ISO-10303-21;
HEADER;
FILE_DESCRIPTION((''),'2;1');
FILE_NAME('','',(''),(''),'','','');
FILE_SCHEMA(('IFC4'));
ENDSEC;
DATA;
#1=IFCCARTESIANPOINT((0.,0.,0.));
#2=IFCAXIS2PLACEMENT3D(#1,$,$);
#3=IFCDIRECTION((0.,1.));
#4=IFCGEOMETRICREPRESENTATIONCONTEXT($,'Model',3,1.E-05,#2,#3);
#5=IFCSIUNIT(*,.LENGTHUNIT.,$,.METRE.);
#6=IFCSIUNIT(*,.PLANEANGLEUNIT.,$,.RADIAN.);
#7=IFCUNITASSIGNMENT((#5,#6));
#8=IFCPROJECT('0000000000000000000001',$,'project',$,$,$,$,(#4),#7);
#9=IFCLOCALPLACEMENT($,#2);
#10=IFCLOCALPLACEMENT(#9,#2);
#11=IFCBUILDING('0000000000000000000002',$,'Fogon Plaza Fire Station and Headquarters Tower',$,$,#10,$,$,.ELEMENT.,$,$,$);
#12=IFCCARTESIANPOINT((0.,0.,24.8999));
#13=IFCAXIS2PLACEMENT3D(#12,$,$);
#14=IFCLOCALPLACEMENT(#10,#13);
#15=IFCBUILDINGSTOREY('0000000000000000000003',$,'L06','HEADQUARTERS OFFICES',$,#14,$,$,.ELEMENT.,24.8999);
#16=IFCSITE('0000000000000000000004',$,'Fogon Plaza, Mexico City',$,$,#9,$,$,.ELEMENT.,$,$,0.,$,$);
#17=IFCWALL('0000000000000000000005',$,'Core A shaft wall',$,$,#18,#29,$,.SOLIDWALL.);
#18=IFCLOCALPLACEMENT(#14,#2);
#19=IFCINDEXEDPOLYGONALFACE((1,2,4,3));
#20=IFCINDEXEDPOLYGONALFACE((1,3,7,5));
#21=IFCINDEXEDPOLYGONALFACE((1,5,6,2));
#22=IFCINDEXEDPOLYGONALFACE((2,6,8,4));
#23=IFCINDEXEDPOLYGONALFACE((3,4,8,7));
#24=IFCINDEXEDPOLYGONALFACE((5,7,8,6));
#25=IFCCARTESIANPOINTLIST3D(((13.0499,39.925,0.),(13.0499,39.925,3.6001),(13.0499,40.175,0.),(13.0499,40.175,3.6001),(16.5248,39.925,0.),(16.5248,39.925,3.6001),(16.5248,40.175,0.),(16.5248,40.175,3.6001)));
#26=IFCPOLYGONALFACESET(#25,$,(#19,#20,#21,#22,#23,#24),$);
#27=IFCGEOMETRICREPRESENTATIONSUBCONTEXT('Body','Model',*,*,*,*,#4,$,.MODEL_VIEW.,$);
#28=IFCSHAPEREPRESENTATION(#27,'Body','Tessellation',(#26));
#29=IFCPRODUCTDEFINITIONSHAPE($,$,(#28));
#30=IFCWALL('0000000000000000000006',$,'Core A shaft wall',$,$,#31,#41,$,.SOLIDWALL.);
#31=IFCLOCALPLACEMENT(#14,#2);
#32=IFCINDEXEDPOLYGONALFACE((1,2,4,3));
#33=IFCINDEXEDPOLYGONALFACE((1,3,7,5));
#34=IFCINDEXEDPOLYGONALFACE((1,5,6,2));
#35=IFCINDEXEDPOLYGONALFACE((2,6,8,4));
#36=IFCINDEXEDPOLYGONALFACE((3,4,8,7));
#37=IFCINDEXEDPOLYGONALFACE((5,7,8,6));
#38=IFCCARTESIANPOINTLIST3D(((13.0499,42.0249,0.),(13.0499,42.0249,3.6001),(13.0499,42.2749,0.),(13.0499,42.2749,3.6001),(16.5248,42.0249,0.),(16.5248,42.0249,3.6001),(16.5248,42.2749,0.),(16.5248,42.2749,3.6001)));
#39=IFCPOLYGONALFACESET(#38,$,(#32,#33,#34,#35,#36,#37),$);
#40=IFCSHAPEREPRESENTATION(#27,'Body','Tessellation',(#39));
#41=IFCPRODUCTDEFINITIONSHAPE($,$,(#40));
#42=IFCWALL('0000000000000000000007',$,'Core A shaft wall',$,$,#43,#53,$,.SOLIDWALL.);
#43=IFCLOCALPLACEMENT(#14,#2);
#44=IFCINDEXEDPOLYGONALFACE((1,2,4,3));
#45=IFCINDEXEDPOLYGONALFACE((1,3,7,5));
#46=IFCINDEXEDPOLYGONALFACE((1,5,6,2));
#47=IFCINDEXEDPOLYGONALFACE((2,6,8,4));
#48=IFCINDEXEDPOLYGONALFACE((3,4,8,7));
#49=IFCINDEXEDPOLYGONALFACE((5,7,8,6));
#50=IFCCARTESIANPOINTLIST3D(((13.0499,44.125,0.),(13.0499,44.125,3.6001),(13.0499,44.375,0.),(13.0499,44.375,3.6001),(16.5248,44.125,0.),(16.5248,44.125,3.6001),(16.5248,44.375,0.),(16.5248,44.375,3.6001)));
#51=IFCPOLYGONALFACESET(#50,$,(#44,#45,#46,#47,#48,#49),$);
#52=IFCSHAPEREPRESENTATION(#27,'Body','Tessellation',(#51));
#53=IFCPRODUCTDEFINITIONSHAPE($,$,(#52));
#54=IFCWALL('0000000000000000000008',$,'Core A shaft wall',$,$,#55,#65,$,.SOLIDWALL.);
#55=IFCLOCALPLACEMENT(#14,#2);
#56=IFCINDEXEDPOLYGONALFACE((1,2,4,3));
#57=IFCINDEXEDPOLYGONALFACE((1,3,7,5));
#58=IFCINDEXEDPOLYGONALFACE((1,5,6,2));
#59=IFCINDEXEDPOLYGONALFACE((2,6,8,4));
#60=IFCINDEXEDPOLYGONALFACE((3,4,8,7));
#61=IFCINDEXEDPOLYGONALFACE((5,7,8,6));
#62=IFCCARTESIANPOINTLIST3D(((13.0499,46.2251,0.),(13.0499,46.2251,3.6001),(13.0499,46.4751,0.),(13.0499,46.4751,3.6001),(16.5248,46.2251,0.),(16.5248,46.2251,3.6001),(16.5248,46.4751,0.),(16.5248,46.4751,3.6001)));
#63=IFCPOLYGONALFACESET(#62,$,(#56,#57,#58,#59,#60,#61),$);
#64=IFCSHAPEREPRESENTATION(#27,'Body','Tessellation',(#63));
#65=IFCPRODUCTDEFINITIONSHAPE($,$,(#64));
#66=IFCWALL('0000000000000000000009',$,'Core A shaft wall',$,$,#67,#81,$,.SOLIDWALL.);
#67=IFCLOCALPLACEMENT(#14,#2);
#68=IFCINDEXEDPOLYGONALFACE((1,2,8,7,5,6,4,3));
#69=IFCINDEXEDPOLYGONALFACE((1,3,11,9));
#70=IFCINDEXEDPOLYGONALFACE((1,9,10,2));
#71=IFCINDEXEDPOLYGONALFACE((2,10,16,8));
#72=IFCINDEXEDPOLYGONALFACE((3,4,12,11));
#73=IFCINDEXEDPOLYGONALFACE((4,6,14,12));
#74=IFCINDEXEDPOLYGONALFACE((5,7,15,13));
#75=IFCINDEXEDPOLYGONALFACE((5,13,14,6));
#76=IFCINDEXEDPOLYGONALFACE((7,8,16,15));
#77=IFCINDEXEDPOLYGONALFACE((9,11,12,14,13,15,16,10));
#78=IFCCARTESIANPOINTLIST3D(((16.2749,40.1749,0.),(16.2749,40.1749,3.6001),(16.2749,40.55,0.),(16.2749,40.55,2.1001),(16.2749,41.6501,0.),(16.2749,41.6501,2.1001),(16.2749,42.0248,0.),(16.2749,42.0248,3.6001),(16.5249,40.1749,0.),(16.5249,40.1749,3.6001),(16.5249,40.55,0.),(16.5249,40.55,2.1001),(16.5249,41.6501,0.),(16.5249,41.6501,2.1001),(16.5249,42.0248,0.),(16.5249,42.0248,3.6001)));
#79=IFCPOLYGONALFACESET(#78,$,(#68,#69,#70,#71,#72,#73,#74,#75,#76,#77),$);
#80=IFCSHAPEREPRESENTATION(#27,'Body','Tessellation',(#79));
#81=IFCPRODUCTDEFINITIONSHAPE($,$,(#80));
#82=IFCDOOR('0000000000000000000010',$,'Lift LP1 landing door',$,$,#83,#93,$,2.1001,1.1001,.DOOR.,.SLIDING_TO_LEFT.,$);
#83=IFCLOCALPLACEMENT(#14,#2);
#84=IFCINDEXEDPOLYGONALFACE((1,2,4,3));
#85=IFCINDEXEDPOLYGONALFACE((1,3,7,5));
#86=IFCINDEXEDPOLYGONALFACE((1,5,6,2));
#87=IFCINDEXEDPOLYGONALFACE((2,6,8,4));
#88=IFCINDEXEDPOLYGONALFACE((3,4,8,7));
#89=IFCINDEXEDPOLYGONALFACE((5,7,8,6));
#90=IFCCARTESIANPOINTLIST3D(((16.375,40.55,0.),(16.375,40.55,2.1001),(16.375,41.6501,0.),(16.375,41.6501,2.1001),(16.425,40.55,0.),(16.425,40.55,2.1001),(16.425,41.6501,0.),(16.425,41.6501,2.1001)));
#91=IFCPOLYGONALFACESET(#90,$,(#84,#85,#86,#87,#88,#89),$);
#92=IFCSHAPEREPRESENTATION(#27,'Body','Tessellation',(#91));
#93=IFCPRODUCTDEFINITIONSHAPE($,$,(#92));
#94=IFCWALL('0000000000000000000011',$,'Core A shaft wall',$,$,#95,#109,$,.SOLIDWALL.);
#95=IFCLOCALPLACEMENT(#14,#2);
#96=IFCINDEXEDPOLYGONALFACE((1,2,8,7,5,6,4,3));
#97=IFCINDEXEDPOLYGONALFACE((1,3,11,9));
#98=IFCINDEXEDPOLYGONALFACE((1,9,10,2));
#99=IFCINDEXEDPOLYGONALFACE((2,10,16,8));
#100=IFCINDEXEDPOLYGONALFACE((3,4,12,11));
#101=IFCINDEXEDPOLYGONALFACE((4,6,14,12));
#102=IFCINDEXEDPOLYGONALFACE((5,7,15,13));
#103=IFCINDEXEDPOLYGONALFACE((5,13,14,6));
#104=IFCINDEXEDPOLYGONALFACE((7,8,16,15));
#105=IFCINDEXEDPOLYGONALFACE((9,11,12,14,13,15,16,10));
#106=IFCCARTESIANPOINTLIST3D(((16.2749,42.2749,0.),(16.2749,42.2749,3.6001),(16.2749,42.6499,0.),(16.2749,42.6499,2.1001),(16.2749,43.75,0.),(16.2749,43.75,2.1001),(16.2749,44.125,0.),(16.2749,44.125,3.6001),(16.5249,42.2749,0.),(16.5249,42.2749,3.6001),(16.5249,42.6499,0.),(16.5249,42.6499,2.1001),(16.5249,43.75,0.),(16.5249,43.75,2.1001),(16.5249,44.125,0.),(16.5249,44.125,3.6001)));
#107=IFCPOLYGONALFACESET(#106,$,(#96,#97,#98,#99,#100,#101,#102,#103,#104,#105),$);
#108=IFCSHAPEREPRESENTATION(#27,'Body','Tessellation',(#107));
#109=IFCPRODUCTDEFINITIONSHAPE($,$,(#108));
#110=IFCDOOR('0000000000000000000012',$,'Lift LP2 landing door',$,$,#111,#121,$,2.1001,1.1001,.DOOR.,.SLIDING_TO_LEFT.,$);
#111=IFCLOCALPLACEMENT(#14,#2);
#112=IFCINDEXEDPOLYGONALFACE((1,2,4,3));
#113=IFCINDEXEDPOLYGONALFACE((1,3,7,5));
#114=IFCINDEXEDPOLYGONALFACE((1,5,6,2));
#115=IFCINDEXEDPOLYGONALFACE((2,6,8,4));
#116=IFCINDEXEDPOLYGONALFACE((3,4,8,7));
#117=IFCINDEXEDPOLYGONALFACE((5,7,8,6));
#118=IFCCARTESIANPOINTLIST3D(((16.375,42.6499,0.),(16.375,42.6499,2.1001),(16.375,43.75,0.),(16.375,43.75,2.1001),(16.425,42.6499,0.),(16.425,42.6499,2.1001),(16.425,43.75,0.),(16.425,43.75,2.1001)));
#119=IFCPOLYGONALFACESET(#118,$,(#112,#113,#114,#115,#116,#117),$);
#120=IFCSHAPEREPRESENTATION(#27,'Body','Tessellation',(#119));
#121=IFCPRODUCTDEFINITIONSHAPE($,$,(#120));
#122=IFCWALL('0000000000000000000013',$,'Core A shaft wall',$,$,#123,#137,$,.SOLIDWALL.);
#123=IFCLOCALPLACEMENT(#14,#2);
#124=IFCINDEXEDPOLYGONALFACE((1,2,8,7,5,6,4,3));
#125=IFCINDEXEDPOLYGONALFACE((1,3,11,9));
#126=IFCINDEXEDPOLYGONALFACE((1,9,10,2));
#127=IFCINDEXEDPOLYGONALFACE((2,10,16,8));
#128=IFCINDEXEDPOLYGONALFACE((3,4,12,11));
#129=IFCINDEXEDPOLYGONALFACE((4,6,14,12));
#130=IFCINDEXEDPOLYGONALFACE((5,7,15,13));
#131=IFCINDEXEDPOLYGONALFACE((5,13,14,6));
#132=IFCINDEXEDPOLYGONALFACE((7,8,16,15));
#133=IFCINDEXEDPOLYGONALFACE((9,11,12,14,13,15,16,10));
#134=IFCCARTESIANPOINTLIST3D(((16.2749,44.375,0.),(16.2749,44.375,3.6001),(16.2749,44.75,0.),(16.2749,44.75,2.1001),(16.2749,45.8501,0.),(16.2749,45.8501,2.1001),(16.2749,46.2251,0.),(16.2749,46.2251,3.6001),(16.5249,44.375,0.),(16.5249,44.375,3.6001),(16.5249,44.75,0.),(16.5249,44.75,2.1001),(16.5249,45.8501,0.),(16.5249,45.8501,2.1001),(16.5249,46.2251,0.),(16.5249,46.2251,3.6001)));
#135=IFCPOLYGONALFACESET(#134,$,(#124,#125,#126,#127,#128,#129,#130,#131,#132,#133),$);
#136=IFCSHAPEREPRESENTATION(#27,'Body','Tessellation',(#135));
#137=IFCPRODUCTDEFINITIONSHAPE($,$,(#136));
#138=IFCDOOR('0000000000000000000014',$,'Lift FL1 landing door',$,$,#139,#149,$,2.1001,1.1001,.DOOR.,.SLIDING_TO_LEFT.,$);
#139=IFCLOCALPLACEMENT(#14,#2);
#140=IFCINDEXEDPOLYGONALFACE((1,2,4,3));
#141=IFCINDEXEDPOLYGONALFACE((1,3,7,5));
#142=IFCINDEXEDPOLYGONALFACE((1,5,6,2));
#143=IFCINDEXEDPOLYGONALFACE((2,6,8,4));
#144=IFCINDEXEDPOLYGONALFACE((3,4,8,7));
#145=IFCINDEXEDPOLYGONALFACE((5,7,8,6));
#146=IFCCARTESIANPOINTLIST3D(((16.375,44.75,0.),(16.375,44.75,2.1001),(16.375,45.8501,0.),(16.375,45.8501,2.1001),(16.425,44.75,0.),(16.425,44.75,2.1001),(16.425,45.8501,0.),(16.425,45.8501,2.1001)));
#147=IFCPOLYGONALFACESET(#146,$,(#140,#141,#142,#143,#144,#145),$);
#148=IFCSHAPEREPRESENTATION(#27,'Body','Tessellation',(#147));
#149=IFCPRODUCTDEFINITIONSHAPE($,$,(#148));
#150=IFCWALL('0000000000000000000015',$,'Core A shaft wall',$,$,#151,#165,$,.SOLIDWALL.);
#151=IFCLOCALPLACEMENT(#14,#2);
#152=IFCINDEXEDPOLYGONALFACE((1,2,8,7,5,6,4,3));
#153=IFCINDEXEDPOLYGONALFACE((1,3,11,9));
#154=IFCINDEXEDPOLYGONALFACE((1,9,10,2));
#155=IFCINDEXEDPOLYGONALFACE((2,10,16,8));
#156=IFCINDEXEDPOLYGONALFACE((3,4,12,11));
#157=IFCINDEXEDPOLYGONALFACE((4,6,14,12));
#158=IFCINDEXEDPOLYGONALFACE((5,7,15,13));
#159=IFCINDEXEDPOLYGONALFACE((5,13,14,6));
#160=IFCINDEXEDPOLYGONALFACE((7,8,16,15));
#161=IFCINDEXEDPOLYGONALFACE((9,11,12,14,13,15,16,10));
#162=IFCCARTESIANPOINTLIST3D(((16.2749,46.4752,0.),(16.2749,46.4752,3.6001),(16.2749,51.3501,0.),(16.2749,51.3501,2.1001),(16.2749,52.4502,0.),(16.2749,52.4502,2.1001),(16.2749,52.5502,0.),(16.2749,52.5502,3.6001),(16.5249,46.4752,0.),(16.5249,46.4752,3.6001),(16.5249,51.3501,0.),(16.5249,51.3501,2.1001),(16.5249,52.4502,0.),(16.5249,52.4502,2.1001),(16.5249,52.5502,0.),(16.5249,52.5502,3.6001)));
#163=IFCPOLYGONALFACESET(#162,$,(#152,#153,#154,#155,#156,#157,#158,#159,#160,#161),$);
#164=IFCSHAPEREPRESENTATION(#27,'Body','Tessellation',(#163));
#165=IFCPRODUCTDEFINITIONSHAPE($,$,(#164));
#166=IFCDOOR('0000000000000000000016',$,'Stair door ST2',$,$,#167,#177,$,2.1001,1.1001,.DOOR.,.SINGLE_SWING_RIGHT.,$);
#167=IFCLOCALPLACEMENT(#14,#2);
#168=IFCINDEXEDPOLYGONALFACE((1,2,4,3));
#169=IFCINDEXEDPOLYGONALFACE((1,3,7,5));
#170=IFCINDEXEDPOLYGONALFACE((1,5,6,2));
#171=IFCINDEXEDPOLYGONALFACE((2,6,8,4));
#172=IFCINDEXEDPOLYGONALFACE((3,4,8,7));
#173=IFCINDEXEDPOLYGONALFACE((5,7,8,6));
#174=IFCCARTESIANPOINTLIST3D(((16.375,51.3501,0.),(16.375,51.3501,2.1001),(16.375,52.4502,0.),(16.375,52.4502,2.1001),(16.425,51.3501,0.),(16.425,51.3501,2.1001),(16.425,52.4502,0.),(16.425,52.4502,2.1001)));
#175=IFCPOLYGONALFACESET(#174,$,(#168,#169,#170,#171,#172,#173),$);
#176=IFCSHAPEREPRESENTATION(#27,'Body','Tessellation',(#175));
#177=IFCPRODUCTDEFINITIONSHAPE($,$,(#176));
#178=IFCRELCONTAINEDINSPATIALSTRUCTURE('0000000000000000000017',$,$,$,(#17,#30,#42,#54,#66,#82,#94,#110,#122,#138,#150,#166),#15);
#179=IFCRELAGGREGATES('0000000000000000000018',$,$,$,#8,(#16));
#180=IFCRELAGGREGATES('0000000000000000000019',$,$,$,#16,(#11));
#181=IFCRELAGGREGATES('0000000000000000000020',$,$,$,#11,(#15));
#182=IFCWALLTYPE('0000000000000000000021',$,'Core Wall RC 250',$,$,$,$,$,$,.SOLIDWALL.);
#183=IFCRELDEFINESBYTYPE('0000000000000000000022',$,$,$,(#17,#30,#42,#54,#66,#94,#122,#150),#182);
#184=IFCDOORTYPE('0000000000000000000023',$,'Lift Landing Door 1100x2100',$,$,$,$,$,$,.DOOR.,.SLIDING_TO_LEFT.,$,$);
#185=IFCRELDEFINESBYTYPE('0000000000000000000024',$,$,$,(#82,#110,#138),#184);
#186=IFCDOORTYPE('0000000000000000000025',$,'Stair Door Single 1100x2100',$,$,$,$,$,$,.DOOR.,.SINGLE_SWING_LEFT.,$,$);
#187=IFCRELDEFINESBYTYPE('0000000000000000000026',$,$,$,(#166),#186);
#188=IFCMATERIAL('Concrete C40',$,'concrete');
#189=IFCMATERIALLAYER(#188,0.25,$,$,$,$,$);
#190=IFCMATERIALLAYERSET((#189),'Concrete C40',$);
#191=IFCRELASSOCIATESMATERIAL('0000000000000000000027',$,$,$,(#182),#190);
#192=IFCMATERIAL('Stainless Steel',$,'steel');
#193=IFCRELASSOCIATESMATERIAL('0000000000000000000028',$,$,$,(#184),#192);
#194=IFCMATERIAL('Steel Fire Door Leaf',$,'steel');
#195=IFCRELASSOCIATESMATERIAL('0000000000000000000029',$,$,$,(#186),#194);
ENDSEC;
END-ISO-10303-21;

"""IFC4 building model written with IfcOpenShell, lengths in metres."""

from ifc_helpers import new_model, si_unit, direction, frame, frame_2d, origin, place, context, subcontext, project, spatial, rectangle, extrude, material, layer, layer_set, type_object, element, fill, save


model = new_model("IFC4")

# Units and contexts
model_context = context("Model", 3, precision=1e-05, world=origin(), true_north=direction((0.0, 1.0)))
body_context = subcontext(model_context, "Body", "Model", "MODEL_VIEW")
ifc_project = project(units=[si_unit("LENGTHUNIT", "METRE"), si_unit("PLANEANGLEUNIT", "RADIAN")], contexts=[model_context])

# Site, building, storey
site_placement = place(None, origin())
site = spatial("IfcSite", under=ifc_project, at=site_placement, Name="Fogon Plaza, Mexico City", CompositionType="ELEMENT", RefElevation=0.0)
building_placement = place(site_placement, origin())
building = spatial("IfcBuilding", under=site, at=building_placement, Name="Fogon Plaza Fire Station and Headquarters Tower", CompositionType="ELEMENT")
storey_placement = place(building_placement, frame((0.0, 0.0, 24.8999)))
storey = spatial("IfcBuildingStorey", under=building, at=storey_placement, Name="L06", Description="HEADQUARTERS OFFICES", CompositionType="ELEMENT", Elevation=24.8999)

# Walls
ifc_material_1 = material(Name="Concrete C40", Category="concrete")
ifc_layer = layer(ifc_material_1, 0.25)
ifc_layer_set = layer_set([ifc_layer], Name="Concrete C40")
wall_type = type_object("IfcWallType", Name="Core Wall RC 250", PredefinedType="SOLIDWALL", material=ifc_layer_set)
for number, where, z_axis, x_axis, name in (
    (1, (13.05, 40.05, 0.0), (0.0, 0.0, 1.0), (1.0, 0.0, 0.0), "Core A shaft wall"),
    (2, (13.05, 42.1499, 0.0), (0.0, 0.0, 1.0), (1.0, 0.0, 0.0), "Core A shaft wall"),
    (3, (13.05, 44.25, 0.0), (0.0, 0.0, 1.0), (1.0, 0.0, 0.0), "Core A shaft wall"),
    (4, (13.05, 46.3501, 0.0), (0.0, 0.0, 1.0), (1.0, 0.0, 0.0), "Core A shaft wall"),
):
    element("IfcWall", number, at=place(storey_placement, frame(where, z_axis=z_axis, x_axis=x_axis)), inside=storey, type_object=wall_type, Name=name, PredefinedType="SOLIDWALL", context=body_context, shape_type="SweptSolid", body=[
        extrude(rectangle(XDim=3.4749, YDim=0.25, at=frame_2d((1.7373, 0.0))), origin(), (0.0, 0.0, 1.0), 3.6001),
    ])

# Walls, openings, doors
wall_1_placement = place(storey_placement, frame((16.3999, 40.175, 0.0), z_axis=(0.0, 0.0, 1.0), x_axis=(0.0, 1.0, 0.0)))
wall_1 = element("IfcWall", 5, at=wall_1_placement, inside=storey, type_object=wall_type, Name="Core A shaft wall", PredefinedType="SOLIDWALL", context=body_context, shape_type="SweptSolid", body=[
    extrude(rectangle(XDim=1.8499, YDim=0.25, at=frame_2d((0.9248, 0.0))), origin(), (0.0, 0.0, 1.0), 3.6001),
])
opening_1_placement = place(wall_1_placement, frame((0.375, 0.0, 0.0)))
opening_1 = element("IfcOpeningElement", 6, at=opening_1_placement, cuts=wall_1, PredefinedType="OPENING", context=body_context, shape_type="SweptSolid", body=[
    extrude(rectangle(XDim=1.1001, YDim=2.1001, at=frame_2d((0.55, 1.05))), frame((0.0, 0.135, 0.0), z_axis=(0.0, -1.0, 0.0), x_axis=(1.0, 0.0, 0.0)), (0.0, 0.0, 1.0), 0.27),
])
ifc_material_2 = material(Name="Stainless Steel", Category="steel")
door_type_1 = type_object("IfcDoorType", Name="Lift Landing Door 1100x2100", OperationType="SLIDING_TO_LEFT", PredefinedType="DOOR", material=ifc_material_2)
door_1_placement = place(opening_1_placement, origin())
door_1 = element("IfcDoor", 7, at=door_1_placement, inside=storey, type_object=door_type_1, Name="Lift LP1 landing door", OperationType="SLIDING_TO_LEFT", OverallHeight=2.1001, OverallWidth=1.1001, PredefinedType="DOOR", context=body_context, shape_type="SweptSolid", body=[
    extrude(rectangle(XDim=1.1001, YDim=2.1001, at=frame_2d((0.55, 1.05))), frame((0.0, 0.0249, 0.0), z_axis=(0.0, -1.0, 0.0), x_axis=(1.0, 0.0, 0.0)), (0.0, 0.0, 1.0), 0.05),
])
fill(opening_1, door_1)
wall_2_placement = place(storey_placement, frame((16.3999, 42.2749, 0.0), z_axis=(0.0, 0.0, 1.0), x_axis=(0.0, 1.0, 0.0)))
wall_2 = element("IfcWall", 8, at=wall_2_placement, inside=storey, type_object=wall_type, Name="Core A shaft wall", PredefinedType="SOLIDWALL", context=body_context, shape_type="SweptSolid", body=[
    extrude(rectangle(XDim=1.8501, YDim=0.25, at=frame_2d((0.925, 0.0))), origin(), (0.0, 0.0, 1.0), 3.6001),
])
opening_2_placement = place(wall_2_placement, frame((0.375, 0.0, 0.0)))
opening_2 = element("IfcOpeningElement", 9, at=opening_2_placement, cuts=wall_2, PredefinedType="OPENING", context=body_context, shape_type="SweptSolid", body=[
    extrude(rectangle(XDim=1.1001, YDim=2.1001, at=frame_2d((0.55, 1.05))), frame((0.0, 0.135, 0.0), z_axis=(0.0, -1.0, 0.0), x_axis=(1.0, 0.0, 0.0)), (0.0, 0.0, 1.0), 0.27),
])
door_2_placement = place(opening_2_placement, origin())
door_2 = element("IfcDoor", 10, at=door_2_placement, inside=storey, type_object=door_type_1, Name="Lift LP2 landing door", OperationType="SLIDING_TO_LEFT", OverallHeight=2.1001, OverallWidth=1.1001, PredefinedType="DOOR", context=body_context, shape_type="SweptSolid", body=[
    extrude(rectangle(XDim=1.1001, YDim=2.1001, at=frame_2d((0.55, 1.05))), frame((0.0, 0.0249, 0.0), z_axis=(0.0, -1.0, 0.0), x_axis=(1.0, 0.0, 0.0)), (0.0, 0.0, 1.0), 0.05),
])
fill(opening_2, door_2)
wall_3_placement = place(storey_placement, frame((16.3999, 44.375, 0.0), z_axis=(0.0, 0.0, 1.0), x_axis=(0.0, 1.0, 0.0)))
wall_3 = element("IfcWall", 11, at=wall_3_placement, inside=storey, type_object=wall_type, Name="Core A shaft wall", PredefinedType="SOLIDWALL", context=body_context, shape_type="SweptSolid", body=[
    extrude(rectangle(XDim=1.8501, YDim=0.25, at=frame_2d((0.925, 0.0))), origin(), (0.0, 0.0, 1.0), 3.6001),
])
opening_3_placement = place(wall_3_placement, frame((0.375, 0.0, 0.0)))
opening_3 = element("IfcOpeningElement", 12, at=opening_3_placement, cuts=wall_3, PredefinedType="OPENING", context=body_context, shape_type="SweptSolid", body=[
    extrude(rectangle(XDim=1.1001, YDim=2.1001, at=frame_2d((0.55, 1.05))), frame((0.0, 0.135, 0.0), z_axis=(0.0, -1.0, 0.0), x_axis=(1.0, 0.0, 0.0)), (0.0, 0.0, 1.0), 0.27),
])
door_3_placement = place(opening_3_placement, origin())
door_3 = element("IfcDoor", 13, at=door_3_placement, inside=storey, type_object=door_type_1, Name="Lift FL1 landing door", OperationType="SLIDING_TO_LEFT", OverallHeight=2.1001, OverallWidth=1.1001, PredefinedType="DOOR", context=body_context, shape_type="SweptSolid", body=[
    extrude(rectangle(XDim=1.1001, YDim=2.1001, at=frame_2d((0.55, 1.05))), frame((0.0, 0.0249, 0.0), z_axis=(0.0, -1.0, 0.0), x_axis=(1.0, 0.0, 0.0)), (0.0, 0.0, 1.0), 0.05),
])
fill(opening_3, door_3)
wall_4_placement = place(storey_placement, frame((16.3999, 46.4751, 0.0), z_axis=(0.0, 0.0, 1.0), x_axis=(0.0, 1.0, 0.0)))
wall_4 = element("IfcWall", 14, at=wall_4_placement, inside=storey, type_object=wall_type, Name="Core A shaft wall", PredefinedType="SOLIDWALL", context=body_context, shape_type="SweptSolid", body=[
    extrude(rectangle(XDim=6.075, YDim=0.25, at=frame_2d((3.0376, 0.0))), origin(), (0.0, 0.0, 1.0), 3.6001),
])
opening_4_placement = place(wall_4_placement, frame((4.875, 0.0, 0.0)))
opening_4 = element("IfcOpeningElement", 15, at=opening_4_placement, cuts=wall_4, PredefinedType="OPENING", context=body_context, shape_type="SweptSolid", body=[
    extrude(rectangle(XDim=1.1001, YDim=2.1001, at=frame_2d((0.55, 1.05))), frame((0.0, 0.135, 0.0), z_axis=(0.0, -1.0, 0.0), x_axis=(1.0, 0.0, 0.0)), (0.0, 0.0, 1.0), 0.27),
])
ifc_material_3 = material(Name="Steel Fire Door Leaf", Category="steel")
door_type_2 = type_object("IfcDoorType", Name="Stair Door Single 1100x2100", OperationType="SINGLE_SWING_LEFT", PredefinedType="DOOR", material=ifc_material_3)
door_4_placement = place(opening_4_placement, origin())
door_4 = element("IfcDoor", 16, at=door_4_placement, inside=storey, type_object=door_type_2, Name="Stair door ST2", OperationType="SINGLE_SWING_RIGHT", OverallHeight=2.1001, OverallWidth=1.1001, PredefinedType="DOOR", context=body_context, shape_type="SweptSolid", body=[
    extrude(rectangle(XDim=1.1001, YDim=2.1001, at=frame_2d((0.55, 1.05))), frame((0.0, 0.0249, 0.0), z_axis=(0.0, -1.0, 0.0), x_axis=(1.0, 0.0, 0.0)), (0.0, 0.0, 1.0), 0.05),
])
fill(opening_4, door_4)

save(model, "model.ifc")
